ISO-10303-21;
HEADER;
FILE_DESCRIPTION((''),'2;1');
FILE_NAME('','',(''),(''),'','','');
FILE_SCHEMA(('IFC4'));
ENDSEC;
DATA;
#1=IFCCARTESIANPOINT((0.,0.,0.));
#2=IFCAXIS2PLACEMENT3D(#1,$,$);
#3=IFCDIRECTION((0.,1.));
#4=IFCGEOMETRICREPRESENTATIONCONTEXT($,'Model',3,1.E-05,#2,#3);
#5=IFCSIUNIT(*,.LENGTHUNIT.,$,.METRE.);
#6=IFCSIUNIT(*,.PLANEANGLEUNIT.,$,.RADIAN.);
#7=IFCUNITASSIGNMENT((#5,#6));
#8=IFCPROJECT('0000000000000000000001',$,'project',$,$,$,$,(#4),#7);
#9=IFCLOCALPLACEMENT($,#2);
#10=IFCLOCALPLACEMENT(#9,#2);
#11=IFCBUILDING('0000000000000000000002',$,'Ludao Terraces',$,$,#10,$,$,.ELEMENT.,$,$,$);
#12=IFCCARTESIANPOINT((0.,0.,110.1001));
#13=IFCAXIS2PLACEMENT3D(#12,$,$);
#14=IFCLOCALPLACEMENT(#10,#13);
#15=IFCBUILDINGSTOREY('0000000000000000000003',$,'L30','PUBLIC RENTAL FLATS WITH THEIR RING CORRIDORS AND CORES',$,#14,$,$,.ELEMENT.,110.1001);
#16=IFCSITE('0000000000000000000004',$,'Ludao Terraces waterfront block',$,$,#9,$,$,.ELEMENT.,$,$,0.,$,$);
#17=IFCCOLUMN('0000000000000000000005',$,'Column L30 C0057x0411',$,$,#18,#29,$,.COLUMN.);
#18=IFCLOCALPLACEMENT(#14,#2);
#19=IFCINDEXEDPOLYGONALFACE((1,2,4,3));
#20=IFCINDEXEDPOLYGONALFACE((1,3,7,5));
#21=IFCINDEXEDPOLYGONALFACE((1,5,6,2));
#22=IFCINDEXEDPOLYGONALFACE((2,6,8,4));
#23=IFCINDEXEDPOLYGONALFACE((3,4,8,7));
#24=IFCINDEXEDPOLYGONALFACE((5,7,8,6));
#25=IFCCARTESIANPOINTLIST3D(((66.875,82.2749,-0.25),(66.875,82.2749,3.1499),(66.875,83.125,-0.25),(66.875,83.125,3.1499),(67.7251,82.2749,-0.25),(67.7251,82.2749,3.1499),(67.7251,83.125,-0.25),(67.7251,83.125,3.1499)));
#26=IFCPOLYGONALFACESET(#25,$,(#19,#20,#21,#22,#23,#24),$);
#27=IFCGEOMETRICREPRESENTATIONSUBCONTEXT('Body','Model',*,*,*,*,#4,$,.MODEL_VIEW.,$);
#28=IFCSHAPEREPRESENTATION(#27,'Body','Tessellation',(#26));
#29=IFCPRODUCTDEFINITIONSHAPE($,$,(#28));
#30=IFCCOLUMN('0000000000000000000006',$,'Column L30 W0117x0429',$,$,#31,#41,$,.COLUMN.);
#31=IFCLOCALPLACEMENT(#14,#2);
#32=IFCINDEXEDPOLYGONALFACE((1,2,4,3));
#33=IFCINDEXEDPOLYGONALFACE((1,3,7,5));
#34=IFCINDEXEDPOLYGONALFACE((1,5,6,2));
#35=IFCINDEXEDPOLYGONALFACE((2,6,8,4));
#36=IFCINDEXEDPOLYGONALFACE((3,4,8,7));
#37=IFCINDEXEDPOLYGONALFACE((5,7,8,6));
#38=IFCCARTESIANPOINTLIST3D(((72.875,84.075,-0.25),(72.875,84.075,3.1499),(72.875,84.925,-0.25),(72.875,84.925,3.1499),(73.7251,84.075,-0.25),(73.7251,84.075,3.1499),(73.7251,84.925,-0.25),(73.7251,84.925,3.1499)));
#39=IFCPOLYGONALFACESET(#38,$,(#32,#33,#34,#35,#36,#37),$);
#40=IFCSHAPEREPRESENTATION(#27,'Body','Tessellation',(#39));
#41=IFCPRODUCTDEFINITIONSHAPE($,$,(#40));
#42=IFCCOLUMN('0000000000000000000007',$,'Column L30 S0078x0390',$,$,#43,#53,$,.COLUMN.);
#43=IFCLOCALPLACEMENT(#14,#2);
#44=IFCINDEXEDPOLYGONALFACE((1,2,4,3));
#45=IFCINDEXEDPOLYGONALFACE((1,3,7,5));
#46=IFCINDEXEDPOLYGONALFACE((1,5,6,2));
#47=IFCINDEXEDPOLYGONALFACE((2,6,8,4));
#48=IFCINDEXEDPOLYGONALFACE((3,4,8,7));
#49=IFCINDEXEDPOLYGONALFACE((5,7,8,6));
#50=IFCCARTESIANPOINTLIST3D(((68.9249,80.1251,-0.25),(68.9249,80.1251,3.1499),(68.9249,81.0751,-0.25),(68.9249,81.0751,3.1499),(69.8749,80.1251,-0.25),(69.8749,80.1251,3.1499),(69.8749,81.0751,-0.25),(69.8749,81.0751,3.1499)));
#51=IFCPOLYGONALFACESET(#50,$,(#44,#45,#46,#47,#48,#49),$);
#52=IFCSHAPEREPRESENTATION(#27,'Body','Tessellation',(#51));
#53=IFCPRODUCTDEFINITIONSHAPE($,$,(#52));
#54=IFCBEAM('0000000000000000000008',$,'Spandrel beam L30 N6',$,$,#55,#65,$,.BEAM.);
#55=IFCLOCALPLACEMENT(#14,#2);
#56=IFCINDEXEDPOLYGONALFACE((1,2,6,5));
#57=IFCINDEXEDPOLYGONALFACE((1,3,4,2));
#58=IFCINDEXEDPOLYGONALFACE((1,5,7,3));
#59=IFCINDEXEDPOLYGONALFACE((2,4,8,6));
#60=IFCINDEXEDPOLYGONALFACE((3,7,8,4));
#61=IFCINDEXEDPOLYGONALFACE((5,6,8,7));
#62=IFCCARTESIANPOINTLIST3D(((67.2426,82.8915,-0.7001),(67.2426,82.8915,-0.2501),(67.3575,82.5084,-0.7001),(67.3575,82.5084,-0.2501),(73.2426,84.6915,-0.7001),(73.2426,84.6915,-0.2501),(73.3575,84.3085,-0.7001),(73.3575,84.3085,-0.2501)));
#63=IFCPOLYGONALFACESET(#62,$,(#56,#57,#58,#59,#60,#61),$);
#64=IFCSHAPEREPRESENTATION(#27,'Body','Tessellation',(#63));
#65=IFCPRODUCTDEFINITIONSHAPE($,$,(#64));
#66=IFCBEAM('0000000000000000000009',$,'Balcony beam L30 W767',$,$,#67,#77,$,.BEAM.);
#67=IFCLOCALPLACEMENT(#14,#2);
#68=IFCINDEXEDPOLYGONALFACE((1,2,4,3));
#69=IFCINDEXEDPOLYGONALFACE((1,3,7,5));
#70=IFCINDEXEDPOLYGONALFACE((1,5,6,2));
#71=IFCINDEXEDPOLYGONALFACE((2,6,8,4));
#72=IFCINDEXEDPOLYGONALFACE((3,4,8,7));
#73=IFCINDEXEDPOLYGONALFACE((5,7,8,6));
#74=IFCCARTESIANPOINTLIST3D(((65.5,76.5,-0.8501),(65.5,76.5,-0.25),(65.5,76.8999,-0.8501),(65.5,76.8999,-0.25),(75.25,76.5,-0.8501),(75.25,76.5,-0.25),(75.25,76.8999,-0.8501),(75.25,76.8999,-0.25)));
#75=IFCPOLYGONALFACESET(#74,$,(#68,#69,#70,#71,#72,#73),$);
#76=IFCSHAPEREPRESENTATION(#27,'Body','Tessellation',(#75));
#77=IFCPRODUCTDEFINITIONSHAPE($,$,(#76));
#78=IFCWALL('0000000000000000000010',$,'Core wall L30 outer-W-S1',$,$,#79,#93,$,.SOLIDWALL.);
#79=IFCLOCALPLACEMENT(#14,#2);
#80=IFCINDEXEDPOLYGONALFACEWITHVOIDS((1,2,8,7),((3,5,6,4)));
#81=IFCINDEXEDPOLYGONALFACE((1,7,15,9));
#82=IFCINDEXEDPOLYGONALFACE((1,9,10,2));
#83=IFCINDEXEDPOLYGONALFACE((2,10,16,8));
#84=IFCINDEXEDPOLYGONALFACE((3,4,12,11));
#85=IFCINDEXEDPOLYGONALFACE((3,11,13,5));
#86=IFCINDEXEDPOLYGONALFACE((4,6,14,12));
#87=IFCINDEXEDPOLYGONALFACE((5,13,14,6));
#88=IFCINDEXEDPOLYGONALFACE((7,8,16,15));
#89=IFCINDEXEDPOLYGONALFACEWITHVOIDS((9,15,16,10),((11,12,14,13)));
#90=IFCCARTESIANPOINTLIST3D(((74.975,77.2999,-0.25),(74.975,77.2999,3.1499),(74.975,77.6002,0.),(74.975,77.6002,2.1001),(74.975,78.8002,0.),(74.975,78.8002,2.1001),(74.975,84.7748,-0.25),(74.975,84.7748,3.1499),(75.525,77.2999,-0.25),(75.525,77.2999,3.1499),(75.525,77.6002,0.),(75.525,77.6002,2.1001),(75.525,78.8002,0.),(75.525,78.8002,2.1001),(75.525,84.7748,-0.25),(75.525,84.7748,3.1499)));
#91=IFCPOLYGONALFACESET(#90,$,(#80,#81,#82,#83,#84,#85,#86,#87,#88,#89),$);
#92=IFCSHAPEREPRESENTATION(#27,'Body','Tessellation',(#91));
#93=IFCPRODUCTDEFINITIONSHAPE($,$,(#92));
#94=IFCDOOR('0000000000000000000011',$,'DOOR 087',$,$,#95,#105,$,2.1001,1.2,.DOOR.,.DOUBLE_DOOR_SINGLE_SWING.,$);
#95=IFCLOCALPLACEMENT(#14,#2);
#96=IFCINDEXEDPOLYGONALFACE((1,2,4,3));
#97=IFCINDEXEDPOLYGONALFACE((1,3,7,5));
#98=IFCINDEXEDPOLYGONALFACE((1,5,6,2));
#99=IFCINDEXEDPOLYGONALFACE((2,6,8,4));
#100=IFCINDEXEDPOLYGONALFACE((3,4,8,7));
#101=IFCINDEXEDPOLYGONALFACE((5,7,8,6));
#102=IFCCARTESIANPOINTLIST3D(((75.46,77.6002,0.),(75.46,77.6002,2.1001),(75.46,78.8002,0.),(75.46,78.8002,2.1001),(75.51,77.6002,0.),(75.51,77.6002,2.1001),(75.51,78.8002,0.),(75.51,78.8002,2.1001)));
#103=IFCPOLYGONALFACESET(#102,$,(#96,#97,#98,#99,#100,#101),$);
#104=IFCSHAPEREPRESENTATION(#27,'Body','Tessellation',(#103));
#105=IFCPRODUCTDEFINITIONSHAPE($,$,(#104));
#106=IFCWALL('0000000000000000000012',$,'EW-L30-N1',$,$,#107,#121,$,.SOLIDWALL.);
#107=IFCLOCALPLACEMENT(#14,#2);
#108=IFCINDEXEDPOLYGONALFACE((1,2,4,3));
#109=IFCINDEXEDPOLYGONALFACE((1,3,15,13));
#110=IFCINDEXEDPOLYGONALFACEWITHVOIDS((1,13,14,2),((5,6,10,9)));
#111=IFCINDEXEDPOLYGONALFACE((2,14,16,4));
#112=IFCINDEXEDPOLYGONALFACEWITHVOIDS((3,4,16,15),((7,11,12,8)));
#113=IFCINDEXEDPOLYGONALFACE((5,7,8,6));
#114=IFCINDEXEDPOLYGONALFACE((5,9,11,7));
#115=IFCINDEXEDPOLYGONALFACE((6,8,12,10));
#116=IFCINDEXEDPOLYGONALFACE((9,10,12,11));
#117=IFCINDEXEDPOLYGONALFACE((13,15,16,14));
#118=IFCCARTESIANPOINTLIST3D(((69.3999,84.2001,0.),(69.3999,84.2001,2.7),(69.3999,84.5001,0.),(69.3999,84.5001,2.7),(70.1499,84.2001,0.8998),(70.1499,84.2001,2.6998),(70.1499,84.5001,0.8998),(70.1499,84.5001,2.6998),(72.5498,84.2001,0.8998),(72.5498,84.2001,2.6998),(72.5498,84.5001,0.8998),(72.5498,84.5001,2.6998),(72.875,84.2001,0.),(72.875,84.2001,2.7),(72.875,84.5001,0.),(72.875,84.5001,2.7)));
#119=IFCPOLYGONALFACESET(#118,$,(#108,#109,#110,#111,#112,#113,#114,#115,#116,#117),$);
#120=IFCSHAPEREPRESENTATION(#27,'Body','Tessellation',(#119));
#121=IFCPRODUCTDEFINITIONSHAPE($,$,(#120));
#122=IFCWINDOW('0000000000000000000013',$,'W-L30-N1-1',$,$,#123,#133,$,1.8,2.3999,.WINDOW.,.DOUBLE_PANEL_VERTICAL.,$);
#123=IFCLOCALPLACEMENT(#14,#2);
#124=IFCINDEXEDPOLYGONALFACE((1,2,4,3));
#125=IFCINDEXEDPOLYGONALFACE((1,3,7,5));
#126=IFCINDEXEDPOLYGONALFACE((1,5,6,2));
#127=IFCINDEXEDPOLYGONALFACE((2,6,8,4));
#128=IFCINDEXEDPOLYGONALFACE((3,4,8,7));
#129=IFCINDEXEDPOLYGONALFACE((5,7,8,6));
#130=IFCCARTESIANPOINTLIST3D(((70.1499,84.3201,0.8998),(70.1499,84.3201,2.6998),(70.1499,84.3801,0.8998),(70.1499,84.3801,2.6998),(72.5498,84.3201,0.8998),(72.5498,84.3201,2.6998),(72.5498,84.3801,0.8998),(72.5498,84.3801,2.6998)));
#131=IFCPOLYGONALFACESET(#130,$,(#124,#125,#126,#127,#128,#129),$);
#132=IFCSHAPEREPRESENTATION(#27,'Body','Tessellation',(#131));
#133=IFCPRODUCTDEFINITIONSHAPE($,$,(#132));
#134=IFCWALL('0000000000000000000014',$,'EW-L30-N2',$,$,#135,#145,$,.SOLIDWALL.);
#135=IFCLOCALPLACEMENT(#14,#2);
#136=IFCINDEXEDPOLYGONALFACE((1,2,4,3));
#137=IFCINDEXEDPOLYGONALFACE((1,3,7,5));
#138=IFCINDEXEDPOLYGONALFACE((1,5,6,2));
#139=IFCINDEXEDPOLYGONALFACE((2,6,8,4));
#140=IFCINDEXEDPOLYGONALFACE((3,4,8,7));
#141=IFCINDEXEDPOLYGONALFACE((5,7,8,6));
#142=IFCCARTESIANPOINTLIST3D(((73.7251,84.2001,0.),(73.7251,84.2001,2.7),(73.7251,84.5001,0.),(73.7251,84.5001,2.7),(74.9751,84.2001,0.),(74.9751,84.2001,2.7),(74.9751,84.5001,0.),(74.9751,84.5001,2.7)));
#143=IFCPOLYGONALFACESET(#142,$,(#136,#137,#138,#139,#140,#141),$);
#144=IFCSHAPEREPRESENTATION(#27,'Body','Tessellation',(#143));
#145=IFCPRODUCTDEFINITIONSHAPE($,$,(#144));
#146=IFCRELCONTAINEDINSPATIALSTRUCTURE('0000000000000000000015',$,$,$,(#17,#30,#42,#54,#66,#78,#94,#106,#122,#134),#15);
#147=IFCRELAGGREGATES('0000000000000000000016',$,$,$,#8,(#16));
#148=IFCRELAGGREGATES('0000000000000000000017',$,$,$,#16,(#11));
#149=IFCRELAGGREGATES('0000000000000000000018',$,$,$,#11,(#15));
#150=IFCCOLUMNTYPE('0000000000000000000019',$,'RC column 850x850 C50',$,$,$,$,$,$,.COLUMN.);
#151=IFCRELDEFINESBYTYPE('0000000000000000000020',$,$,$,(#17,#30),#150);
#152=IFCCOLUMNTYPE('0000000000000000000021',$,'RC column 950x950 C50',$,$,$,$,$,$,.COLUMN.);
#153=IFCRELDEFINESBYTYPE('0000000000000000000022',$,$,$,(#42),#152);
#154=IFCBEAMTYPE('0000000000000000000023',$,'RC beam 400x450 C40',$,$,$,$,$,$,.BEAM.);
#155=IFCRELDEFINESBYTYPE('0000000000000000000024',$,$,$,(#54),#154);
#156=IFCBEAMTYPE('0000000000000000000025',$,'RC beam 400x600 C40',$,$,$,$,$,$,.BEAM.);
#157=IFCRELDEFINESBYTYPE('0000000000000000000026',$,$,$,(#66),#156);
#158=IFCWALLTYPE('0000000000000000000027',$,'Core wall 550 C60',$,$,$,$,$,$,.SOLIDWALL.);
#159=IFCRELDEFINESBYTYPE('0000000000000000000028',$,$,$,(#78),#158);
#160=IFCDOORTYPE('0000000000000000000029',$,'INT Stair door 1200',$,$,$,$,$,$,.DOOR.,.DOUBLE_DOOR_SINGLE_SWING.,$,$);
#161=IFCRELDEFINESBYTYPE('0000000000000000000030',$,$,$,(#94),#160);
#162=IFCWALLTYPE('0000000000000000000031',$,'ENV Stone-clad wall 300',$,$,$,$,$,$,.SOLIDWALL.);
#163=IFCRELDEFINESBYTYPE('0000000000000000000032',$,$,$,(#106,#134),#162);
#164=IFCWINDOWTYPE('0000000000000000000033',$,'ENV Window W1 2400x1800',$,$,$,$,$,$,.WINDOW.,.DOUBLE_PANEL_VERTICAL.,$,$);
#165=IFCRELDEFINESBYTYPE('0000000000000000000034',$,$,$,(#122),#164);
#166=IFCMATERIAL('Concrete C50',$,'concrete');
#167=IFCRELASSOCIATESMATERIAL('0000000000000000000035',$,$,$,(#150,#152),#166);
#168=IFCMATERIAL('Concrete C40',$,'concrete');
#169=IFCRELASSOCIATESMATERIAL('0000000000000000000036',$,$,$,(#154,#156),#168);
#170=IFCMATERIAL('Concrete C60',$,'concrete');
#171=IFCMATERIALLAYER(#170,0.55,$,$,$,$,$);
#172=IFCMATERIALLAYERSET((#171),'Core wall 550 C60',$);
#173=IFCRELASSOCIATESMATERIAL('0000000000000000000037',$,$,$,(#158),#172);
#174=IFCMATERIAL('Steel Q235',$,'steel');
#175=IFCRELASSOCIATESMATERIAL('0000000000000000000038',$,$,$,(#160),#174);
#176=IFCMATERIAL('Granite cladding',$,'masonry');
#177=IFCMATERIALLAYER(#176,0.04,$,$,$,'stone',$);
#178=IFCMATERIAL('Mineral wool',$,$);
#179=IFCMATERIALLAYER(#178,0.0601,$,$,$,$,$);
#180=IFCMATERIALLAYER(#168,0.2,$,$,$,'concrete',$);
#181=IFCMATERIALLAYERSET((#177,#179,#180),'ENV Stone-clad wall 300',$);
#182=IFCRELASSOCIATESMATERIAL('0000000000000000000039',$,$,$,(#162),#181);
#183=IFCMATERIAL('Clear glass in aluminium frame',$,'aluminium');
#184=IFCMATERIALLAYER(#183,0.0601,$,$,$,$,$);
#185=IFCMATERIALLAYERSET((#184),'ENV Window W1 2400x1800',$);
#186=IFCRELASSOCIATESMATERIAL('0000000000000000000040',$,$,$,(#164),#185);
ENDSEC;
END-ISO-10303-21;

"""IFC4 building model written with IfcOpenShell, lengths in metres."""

from ifc_helpers import new_model, si_unit, direction, frame, frame_2d, origin, origin_2d, place, context, subcontext, project, spatial, rectangle, extrude, material, layer, layer_set, material_profile, profile_set, type_object, element, fill, save


model = new_model("IFC4")

# Units and contexts
model_context = context("Model", 3, precision=1e-05, world=origin(), true_north=direction((0.0, 1.0)))
body_context = subcontext(model_context, "Body", "Model", "MODEL_VIEW")
ifc_project = project(units=[si_unit("LENGTHUNIT", "METRE"), si_unit("PLANEANGLEUNIT", "RADIAN")], contexts=[model_context])

# Site, building, storey
site_placement = place(None, origin())
site = spatial("IfcSite", under=ifc_project, at=site_placement, Name="Ludao Terraces waterfront block", CompositionType="ELEMENT", RefElevation=0.0)
building_placement = place(site_placement, origin())
building = spatial("IfcBuilding", under=site, at=building_placement, Name="Ludao Terraces", CompositionType="ELEMENT")
storey_placement = place(building_placement, frame((0.0, 0.0, 110.1001)))
storey = spatial("IfcBuildingStorey", under=building, at=storey_placement, Name="L30", Description="PUBLIC RENTAL FLATS WITH THEIR RING CORRIDORS AND CORES", CompositionType="ELEMENT", Elevation=110.1001)

# Columns
ifc_material_1 = material(Name="Concrete C50", Category="concrete")
ifc_material_profile_1 = material_profile(ifc_material_1, rectangle(XDim=0.8501, YDim=0.8501, at=origin_2d()), Name="850 X 850")
ifc_profile_set_1 = profile_set([ifc_material_profile_1], Name="Concrete C50")
column_type_1 = type_object("IfcColumnType", Name="RC column 850x850 C50", PredefinedType="COLUMN", material=ifc_profile_set_1)
for number, where, z_axis, x_axis, name in (
    (1, (67.3, 82.7, -0.25), (0.0, 0.0, 1.0), (1.0, 0.0, 0.0), "Column L30 C0057x0411"),
    (2, (73.3, 84.5, -0.25), (0.0, 0.0, 1.0), (1.0, 0.0, 0.0), "Column L30 W0117x0429"),
):
    element("IfcColumn", number, at=place(storey_placement, frame(where, z_axis=z_axis, x_axis=x_axis)), inside=storey, type_object=column_type_1, Name=name, PredefinedType="COLUMN", context=body_context, shape_type="SweptSolid", body=[
        extrude(rectangle(XDim=0.8501, YDim=0.8501, at=origin_2d()), origin(), (0.0, 0.0, 1.0), 3.3999),
    ])
ifc_material_profile_2 = material_profile(ifc_material_1, rectangle(XDim=0.95, YDim=0.95, at=origin_2d()), Name="950 X 950")
ifc_profile_set_2 = profile_set([ifc_material_profile_2], Name="Concrete C50")
column_type_2 = type_object("IfcColumnType", Name="RC column 950x950 C50", PredefinedType="COLUMN", material=ifc_profile_set_2)
column_placement = place(storey_placement, frame((69.3999, 80.6001, -0.25), z_axis=(0.0, 0.0, 1.0), x_axis=(1.0, 0.0, 0.0)))
element("IfcColumn", 3, at=column_placement, inside=storey, type_object=column_type_2, Name="Column L30 S0078x0390", PredefinedType="COLUMN", context=body_context, shape_type="SweptSolid", body=[
    extrude(rectangle(XDim=0.95, YDim=0.95, at=origin_2d()), origin(), (0.0, 0.0, 1.0), 3.3999),
])

# Beams
ifc_material_2 = material(Name="Concrete C40", Category="concrete")
ifc_material_profile_3 = material_profile(ifc_material_2, rectangle(XDim=0.3999, YDim=0.45, at=origin_2d()), Name="400 X 450")
ifc_profile_set_3 = profile_set([ifc_material_profile_3], Name="Concrete C40")
beam_type_1 = type_object("IfcBeamType", Name="RC beam 400x450 C40", PredefinedType="BEAM", material=ifc_profile_set_3)
beam_1_placement = place(storey_placement, frame((67.3, 82.7, -0.4751), z_axis=(0.957824, 0.287355, 0.0), x_axis=(-0.287355, 0.957824, 0.0)))
element("IfcBeam", 4, at=beam_1_placement, inside=storey, type_object=beam_type_1, Name="Spandrel beam L30 N6", PredefinedType="BEAM", context=body_context, shape_type="SweptSolid", body=[
    extrude(rectangle(XDim=0.3999, YDim=0.45, at=origin_2d()), origin(), (0.0, 0.0, 1.0), 6.2642),
])
ifc_material_profile_4 = material_profile(ifc_material_2, rectangle(XDim=0.3999, YDim=0.6001, at=origin_2d()), Name="400 X 600")
ifc_profile_set_4 = profile_set([ifc_material_profile_4], Name="Concrete C40")
beam_type_2 = type_object("IfcBeamType", Name="RC beam 400x600 C40", PredefinedType="BEAM", material=ifc_profile_set_4)
beam_2_placement = place(storey_placement, frame((75.25, 76.7, -0.55), z_axis=(-1.0, 0.0, 0.0), x_axis=(0.0, -1.0, 0.0)))
element("IfcBeam", 5, at=beam_2_placement, inside=storey, type_object=beam_type_2, Name="Balcony beam L30 W767", PredefinedType="BEAM", context=body_context, shape_type="SweptSolid", body=[
    extrude(rectangle(XDim=0.3999, YDim=0.6001, at=origin_2d()), origin(), (0.0, 0.0, 1.0), 9.75),
])

# Wall, opening, door
ifc_material_3 = material(Name="Concrete C60", Category="concrete")
ifc_layer_1 = layer(ifc_material_3, 0.55)
ifc_layer_set_1 = layer_set([ifc_layer_1], Name="Core wall 550 C60")
wall_type_1 = type_object("IfcWallType", Name="Core wall 550 C60", PredefinedType="SOLIDWALL", material=ifc_layer_set_1)
wall_1_placement = place(storey_placement, frame((75.25, 77.3, -0.25), z_axis=(0.0, 0.0, 1.0), x_axis=(0.0, 1.0, 0.0)))
wall_1 = element("IfcWall", 6, at=wall_1_placement, inside=storey, type_object=wall_type_1, Name="Core wall L30 outer-W-S1", PredefinedType="SOLIDWALL", context=body_context, shape_type="SweptSolid", body=[
    extrude(rectangle(XDim=7.4749, YDim=0.55, at=frame_2d((3.7373, 0.0))), origin(), (0.0, 0.0, 1.0), 3.3999),
])
opening_1_placement = place(wall_1_placement, frame((0.3, 0.0, 0.25)))
opening_1 = element("IfcOpeningElement", 7, at=opening_1_placement, cuts=wall_1, PredefinedType="OPENING", context=body_context, shape_type="SweptSolid", body=[
    extrude(rectangle(XDim=1.2, YDim=2.1001, at=frame_2d((0.6001, 1.05))), frame((0.0, 0.2852, 0.0), z_axis=(0.0, -1.0, 0.0), x_axis=(1.0, 0.0, 0.0)), (0.0, 0.0, 1.0), 0.5701),
])
ifc_material_4 = material(Name="Steel Q235", Category="steel")
door_type_1 = type_object("IfcDoorType", Name="INT Stair door 1200", OperationType="DOUBLE_DOOR_SINGLE_SWING", PredefinedType="DOOR", material=ifc_material_4)
door_1_placement = place(opening_1_placement, origin())
door_1 = element("IfcDoor", 8, at=door_1_placement, inside=storey, type_object=door_type_1, Name="DOOR 087", OperationType="DOUBLE_DOOR_SINGLE_SWING", OverallHeight=2.1001, OverallWidth=1.2, PredefinedType="DOOR", context=body_context, shape_type="SweptSolid", body=[
    extrude(rectangle(XDim=1.2, YDim=2.1001, at=frame_2d((0.6001, 1.05))), frame((0.0, -0.21, 0.0), z_axis=(0.0, -1.0, 0.0), x_axis=(1.0, 0.0, 0.0)), (0.0, 0.0, 1.0), 0.05),
])
fill(opening_1, door_1)

# Wall, opening, window
ifc_material_5 = material(Name="Granite cladding", Category="masonry")
ifc_layer_2 = layer(ifc_material_5, 0.04, Category="stone")
ifc_material_6 = material(Name="Mineral wool")
ifc_layer_3 = layer(ifc_material_6, 0.0601)
ifc_layer_4 = layer(ifc_material_2, 0.2, Category="concrete")
ifc_layer_set_2 = layer_set([ifc_layer_2, ifc_layer_3, ifc_layer_4], Name="ENV Stone-clad wall 300")
wall_type_2 = type_object("IfcWallType", Name="ENV Stone-clad wall 300", PredefinedType="SOLIDWALL", material=ifc_layer_set_2)
wall_2_placement = place(storey_placement, frame((69.3999, 84.3501, 0.0), z_axis=(0.0, 0.0, 1.0), x_axis=(1.0, 0.0, 0.0)))
wall_2 = element("IfcWall", 9, at=wall_2_placement, inside=storey, type_object=wall_type_2, Name="EW-L30-N1", PredefinedType="SOLIDWALL", context=body_context, shape_type="SweptSolid", body=[
    extrude(rectangle(XDim=3.4751, YDim=0.3, at=frame_2d((1.7375, 0.0))), origin(), (0.0, 0.0, 1.0), 2.7),
])
opening_2_placement = place(wall_2_placement, frame((0.75, 0.0, 0.8999)))
opening_2 = element("IfcOpeningElement", 10, at=opening_2_placement, cuts=wall_2, PredefinedType="OPENING", context=body_context, shape_type="SweptSolid", body=[
    extrude(rectangle(XDim=2.3999, YDim=1.8, at=frame_2d((1.2, 0.8999))), frame((0.0, 0.1602, 0.0), z_axis=(0.0, -1.0, 0.0), x_axis=(1.0, 0.0, 0.0)), (0.0, 0.0, 1.0), 0.3201),
])
ifc_material_7 = material(Name="Clear glass in aluminium frame", Category="aluminium")
ifc_layer_5 = layer(ifc_material_7, 0.0601)
ifc_layer_set_3 = layer_set([ifc_layer_5], Name="ENV Window W1 2400x1800")
window_type_1 = type_object("IfcWindowType", Name="ENV Window W1 2400x1800", PartitioningType="DOUBLE_PANEL_VERTICAL", PredefinedType="WINDOW", material=ifc_layer_set_3)
window_1_placement = place(opening_2_placement, origin())
window_1 = element("IfcWindow", 11, at=window_1_placement, inside=storey, type_object=window_type_1, Name="W-L30-N1-1", OverallHeight=1.8, OverallWidth=2.3999, PartitioningType="DOUBLE_PANEL_VERTICAL", PredefinedType="WINDOW", context=body_context, shape_type="SweptSolid", body=[
    extrude(rectangle(XDim=2.3999, YDim=1.8, at=frame_2d((1.2, 0.8999))), frame((0.0, 0.03, 0.0), z_axis=(0.0, -1.0, 0.0), x_axis=(1.0, 0.0, 0.0)), (0.0, 0.0, 1.0), 0.0601),
])
fill(opening_2, window_1)

# Wall
wall_3_placement = place(storey_placement, frame((73.7251, 84.3501, 0.0), z_axis=(0.0, 0.0, 1.0), x_axis=(1.0, 0.0, 0.0)))
element("IfcWall", 12, at=wall_3_placement, inside=storey, type_object=wall_type_2, Name="EW-L30-N2", PredefinedType="SOLIDWALL", context=body_context, shape_type="SweptSolid", body=[
    extrude(rectangle(XDim=1.25, YDim=0.3, at=frame_2d((0.625, 0.0))), origin(), (0.0, 0.0, 1.0), 2.7),
])

save(model, "model.ifc")
